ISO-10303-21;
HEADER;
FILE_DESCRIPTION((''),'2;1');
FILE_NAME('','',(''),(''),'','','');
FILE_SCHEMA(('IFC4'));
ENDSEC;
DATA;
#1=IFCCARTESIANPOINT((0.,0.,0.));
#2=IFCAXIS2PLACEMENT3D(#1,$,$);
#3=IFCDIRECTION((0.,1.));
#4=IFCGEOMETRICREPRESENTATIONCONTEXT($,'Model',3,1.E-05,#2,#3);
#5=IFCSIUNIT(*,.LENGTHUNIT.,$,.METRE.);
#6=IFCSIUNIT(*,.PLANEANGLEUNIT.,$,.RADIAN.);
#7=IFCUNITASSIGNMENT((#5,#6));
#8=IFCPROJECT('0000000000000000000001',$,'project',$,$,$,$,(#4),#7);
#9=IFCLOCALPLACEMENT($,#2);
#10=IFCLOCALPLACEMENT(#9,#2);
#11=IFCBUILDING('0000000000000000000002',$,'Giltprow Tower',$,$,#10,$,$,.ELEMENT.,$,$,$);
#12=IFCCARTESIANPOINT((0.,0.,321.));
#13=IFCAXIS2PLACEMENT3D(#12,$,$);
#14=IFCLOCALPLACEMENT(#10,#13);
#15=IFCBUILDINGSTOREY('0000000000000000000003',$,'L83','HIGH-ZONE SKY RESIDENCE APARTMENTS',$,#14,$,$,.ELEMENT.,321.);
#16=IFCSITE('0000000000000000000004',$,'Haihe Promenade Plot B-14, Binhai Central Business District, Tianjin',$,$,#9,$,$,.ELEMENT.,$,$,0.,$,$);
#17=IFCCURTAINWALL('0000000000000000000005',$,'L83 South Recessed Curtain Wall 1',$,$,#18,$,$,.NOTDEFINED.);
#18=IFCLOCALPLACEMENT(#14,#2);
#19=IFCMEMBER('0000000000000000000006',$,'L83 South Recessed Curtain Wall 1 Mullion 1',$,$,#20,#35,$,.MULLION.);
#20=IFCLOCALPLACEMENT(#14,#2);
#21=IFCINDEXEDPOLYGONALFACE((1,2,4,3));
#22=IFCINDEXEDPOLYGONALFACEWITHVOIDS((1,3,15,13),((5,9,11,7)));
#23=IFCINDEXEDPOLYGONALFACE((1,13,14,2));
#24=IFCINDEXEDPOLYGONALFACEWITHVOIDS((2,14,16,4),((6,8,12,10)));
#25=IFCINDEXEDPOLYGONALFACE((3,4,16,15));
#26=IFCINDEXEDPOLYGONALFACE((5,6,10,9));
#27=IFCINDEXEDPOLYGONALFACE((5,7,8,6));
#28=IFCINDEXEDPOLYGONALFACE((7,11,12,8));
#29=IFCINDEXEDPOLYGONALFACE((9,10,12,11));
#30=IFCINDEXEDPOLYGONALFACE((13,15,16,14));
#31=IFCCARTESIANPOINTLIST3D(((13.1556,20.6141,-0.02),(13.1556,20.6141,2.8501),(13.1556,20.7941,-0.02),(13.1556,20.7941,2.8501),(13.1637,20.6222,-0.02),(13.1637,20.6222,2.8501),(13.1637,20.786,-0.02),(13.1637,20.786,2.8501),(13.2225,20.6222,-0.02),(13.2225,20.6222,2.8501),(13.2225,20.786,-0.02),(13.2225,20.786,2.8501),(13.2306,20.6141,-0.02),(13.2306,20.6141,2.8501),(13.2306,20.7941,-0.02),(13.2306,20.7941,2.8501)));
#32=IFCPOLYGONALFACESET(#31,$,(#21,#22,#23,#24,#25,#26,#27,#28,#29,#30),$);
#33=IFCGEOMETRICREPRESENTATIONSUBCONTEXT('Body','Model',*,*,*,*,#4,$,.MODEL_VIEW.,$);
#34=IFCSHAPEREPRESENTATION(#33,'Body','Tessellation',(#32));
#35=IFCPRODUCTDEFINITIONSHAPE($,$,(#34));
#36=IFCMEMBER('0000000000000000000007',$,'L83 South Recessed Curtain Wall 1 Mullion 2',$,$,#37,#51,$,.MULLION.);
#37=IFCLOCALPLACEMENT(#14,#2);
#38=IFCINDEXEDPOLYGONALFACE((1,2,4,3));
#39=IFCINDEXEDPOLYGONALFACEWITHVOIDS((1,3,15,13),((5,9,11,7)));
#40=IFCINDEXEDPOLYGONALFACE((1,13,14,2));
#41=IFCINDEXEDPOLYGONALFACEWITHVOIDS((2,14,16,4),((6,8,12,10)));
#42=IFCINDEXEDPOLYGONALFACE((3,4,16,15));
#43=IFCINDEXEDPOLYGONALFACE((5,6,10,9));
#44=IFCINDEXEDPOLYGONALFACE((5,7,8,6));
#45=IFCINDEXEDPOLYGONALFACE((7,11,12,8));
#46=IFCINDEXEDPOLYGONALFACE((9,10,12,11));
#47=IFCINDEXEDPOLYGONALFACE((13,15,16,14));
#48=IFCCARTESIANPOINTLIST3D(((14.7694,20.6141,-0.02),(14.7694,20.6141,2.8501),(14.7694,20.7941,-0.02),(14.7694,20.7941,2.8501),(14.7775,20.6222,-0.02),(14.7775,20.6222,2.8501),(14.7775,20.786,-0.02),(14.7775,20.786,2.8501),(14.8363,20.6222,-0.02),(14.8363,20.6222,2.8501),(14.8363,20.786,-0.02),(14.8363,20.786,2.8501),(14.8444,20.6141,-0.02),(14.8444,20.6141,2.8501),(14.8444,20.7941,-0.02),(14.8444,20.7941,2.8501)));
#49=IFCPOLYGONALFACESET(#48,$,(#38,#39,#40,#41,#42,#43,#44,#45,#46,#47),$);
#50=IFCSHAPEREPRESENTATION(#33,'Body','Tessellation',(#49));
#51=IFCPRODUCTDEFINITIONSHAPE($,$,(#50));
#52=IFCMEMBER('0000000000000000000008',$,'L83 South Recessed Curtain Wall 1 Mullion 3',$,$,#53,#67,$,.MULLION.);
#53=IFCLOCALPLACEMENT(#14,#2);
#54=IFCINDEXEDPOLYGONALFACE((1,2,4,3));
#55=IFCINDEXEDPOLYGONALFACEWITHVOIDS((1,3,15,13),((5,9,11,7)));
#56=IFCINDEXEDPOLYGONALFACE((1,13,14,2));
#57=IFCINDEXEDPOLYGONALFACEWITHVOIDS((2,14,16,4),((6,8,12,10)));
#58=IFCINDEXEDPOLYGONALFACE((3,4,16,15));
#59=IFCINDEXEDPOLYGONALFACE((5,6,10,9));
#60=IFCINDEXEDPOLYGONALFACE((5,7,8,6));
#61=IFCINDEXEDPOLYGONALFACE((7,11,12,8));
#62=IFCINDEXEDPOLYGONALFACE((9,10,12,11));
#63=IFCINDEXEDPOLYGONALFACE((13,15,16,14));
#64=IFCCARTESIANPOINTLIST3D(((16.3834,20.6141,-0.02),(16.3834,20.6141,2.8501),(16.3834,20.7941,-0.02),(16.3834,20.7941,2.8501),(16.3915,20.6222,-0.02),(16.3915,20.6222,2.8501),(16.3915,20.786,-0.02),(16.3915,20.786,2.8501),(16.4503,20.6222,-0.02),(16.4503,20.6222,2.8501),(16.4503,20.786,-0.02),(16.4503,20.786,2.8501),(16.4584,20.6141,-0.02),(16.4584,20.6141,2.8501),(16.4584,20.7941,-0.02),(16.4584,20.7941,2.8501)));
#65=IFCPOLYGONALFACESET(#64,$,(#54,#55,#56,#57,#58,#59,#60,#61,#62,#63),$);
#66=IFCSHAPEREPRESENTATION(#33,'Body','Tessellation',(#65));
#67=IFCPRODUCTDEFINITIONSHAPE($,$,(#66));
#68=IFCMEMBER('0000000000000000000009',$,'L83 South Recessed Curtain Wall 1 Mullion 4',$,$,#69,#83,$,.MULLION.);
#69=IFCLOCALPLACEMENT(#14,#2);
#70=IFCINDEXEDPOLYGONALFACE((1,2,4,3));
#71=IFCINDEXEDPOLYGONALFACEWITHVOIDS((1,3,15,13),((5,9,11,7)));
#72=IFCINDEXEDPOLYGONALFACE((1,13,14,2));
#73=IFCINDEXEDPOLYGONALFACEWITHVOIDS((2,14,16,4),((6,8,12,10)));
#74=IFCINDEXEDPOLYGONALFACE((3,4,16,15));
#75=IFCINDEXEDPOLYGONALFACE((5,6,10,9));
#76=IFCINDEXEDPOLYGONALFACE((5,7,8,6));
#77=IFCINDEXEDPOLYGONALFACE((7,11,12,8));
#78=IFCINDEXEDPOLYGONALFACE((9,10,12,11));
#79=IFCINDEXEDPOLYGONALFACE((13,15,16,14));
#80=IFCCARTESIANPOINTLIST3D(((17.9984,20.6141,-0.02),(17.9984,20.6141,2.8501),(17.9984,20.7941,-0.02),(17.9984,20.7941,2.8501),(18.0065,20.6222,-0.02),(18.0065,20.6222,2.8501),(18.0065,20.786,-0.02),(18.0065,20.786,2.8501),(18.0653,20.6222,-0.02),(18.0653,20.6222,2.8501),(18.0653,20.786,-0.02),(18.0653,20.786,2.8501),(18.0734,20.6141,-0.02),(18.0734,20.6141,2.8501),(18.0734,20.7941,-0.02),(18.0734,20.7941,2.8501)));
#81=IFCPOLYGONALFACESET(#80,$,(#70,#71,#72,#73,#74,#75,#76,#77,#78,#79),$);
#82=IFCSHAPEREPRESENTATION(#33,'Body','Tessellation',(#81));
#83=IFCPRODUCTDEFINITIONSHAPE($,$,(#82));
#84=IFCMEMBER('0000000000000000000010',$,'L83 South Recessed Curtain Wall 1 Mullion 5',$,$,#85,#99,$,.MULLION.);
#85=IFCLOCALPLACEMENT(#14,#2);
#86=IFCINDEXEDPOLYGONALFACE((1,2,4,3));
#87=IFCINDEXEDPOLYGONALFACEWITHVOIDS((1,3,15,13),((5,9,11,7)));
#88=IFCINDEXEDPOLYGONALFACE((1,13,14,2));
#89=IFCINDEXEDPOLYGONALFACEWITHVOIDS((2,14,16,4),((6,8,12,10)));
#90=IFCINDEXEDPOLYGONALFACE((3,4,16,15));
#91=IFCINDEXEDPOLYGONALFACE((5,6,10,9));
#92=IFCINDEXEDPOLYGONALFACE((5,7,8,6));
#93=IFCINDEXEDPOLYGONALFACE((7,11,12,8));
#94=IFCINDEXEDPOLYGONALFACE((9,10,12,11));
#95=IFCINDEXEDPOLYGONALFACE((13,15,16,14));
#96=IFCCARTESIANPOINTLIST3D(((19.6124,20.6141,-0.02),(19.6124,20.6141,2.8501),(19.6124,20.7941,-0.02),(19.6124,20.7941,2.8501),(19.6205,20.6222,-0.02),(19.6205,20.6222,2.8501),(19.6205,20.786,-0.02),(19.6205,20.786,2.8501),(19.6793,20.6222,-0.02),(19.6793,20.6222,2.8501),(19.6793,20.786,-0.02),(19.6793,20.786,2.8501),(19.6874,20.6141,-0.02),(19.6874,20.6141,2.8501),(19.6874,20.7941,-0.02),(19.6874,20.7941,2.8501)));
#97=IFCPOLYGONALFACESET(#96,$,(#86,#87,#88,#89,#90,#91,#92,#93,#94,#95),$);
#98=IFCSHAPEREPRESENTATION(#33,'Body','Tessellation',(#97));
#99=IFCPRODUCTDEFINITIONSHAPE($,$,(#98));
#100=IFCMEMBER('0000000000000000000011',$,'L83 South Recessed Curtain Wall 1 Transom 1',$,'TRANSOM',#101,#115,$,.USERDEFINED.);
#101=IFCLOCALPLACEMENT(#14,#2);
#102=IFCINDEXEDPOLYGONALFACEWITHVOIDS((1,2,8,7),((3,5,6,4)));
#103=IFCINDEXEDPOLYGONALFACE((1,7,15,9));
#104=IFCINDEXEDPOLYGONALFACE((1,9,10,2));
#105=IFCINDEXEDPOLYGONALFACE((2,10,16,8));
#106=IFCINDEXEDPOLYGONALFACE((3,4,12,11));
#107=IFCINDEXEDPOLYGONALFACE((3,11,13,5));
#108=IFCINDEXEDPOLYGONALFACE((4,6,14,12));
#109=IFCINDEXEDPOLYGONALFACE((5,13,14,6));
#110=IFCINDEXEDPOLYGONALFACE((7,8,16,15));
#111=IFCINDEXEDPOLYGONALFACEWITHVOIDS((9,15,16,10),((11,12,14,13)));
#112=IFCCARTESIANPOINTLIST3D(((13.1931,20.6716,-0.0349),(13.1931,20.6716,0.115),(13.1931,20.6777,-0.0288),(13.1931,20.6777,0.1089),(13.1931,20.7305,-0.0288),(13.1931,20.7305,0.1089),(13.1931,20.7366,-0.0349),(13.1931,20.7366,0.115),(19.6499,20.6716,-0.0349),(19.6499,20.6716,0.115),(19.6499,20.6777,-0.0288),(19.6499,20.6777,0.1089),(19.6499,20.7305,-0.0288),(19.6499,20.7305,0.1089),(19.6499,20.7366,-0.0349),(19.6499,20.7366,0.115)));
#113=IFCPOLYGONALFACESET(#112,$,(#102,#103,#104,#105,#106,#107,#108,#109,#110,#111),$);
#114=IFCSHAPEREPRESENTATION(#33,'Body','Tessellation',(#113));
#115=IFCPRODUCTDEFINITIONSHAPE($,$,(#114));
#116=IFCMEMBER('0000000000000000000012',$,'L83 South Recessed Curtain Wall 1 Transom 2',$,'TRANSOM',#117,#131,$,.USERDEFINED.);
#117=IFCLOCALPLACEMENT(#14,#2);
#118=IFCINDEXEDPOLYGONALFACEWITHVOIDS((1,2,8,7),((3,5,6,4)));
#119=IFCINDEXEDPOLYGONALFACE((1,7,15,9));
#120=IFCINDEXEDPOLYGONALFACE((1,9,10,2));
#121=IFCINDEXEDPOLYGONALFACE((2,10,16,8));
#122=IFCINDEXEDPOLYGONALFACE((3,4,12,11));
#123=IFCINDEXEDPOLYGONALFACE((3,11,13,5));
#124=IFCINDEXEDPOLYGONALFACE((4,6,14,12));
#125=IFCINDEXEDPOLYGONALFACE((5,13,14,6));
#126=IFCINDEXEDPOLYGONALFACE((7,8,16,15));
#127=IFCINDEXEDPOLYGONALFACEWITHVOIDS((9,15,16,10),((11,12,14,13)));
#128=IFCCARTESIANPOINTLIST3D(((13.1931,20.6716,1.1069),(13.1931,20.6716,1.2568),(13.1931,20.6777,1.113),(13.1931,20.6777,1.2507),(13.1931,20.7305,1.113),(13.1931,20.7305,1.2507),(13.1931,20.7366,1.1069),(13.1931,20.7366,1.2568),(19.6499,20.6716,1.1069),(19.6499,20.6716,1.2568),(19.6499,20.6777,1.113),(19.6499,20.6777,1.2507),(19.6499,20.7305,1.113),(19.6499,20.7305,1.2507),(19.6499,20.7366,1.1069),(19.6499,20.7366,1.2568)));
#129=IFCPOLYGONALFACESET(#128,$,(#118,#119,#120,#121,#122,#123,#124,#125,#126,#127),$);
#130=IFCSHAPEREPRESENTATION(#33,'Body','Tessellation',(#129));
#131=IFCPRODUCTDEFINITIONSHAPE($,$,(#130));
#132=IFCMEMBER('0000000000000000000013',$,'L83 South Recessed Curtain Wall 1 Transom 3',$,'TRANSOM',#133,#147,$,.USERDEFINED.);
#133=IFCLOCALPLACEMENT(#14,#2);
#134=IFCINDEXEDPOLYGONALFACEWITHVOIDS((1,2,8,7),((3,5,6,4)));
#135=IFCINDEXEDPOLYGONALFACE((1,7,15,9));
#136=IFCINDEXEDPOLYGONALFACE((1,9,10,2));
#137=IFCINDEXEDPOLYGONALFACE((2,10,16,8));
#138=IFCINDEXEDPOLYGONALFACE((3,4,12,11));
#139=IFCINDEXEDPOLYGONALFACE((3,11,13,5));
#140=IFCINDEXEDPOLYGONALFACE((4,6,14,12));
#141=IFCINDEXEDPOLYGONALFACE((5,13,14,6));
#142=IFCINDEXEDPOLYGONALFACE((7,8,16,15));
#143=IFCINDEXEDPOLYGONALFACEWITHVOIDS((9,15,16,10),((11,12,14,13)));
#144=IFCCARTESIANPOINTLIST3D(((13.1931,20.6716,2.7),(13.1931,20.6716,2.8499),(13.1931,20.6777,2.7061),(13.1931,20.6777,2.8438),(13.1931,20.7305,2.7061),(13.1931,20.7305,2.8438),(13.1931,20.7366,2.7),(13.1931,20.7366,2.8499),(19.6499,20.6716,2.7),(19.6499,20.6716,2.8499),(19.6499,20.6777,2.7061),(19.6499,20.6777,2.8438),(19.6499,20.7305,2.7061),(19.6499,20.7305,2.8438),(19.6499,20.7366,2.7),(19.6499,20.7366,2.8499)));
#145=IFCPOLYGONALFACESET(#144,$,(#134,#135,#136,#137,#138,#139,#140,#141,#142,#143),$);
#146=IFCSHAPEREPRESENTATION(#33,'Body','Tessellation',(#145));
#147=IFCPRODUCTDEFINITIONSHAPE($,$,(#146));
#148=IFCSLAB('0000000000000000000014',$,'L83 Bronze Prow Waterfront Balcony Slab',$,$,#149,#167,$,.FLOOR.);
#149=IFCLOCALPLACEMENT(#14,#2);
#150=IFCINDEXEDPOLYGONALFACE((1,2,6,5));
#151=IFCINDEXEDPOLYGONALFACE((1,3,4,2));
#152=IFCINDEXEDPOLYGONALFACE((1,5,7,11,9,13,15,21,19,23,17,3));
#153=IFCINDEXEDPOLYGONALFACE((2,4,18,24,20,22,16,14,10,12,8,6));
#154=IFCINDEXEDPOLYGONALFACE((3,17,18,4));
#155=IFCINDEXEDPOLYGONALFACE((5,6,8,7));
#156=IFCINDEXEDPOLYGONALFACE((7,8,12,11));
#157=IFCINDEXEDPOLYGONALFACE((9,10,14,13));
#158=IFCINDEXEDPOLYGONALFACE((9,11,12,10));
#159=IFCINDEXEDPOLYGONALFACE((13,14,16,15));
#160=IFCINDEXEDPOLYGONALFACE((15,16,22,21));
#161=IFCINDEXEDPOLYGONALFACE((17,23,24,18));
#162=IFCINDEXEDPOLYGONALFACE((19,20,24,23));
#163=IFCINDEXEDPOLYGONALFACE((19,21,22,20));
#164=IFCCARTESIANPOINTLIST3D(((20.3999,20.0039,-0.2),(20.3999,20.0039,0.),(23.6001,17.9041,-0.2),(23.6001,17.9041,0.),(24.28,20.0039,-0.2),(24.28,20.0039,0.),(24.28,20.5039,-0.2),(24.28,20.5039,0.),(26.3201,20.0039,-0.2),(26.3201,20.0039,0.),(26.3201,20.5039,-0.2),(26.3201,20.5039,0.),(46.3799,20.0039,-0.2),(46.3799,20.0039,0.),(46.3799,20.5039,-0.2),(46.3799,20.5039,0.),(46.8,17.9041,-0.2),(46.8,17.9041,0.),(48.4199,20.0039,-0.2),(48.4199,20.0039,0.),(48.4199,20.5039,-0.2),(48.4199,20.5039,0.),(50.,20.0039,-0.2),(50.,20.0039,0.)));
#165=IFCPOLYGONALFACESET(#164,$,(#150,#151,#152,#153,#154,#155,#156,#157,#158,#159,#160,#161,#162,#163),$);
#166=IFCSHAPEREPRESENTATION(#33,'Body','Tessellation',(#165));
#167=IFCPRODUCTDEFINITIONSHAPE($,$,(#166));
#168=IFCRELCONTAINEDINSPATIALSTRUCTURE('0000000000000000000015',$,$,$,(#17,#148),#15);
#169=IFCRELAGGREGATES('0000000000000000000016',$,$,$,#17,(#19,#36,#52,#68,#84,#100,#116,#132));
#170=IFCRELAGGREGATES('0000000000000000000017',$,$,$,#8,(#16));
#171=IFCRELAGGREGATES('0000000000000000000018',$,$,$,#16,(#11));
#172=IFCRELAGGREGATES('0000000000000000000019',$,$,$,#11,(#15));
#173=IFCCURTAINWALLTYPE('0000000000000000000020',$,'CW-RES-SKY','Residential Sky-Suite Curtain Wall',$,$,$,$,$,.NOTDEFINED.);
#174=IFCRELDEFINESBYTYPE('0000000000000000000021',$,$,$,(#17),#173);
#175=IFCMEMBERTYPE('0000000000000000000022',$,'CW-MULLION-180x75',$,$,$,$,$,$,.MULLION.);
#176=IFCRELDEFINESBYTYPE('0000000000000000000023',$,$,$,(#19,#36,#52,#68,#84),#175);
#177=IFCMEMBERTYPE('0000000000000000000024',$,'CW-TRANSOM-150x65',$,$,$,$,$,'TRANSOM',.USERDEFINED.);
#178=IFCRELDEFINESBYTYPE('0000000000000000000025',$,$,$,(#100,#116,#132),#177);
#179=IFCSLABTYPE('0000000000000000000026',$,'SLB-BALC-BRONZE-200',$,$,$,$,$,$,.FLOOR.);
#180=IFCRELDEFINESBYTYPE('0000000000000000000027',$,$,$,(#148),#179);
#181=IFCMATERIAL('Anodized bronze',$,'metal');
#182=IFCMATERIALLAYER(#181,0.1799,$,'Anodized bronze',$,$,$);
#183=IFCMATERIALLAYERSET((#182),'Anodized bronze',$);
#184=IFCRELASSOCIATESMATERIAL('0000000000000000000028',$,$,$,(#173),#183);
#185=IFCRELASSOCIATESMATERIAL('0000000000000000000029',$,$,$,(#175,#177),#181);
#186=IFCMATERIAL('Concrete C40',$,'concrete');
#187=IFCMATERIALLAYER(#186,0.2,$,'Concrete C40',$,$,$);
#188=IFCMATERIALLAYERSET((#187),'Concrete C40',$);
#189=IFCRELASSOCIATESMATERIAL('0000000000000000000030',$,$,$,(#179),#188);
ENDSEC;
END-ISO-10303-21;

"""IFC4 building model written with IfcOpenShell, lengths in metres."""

from ifc_helpers import new_model, si_unit, direction, frame, origin, origin_2d, place, context, subcontext, project, spatial, polyline, hollow_rectangle, outline, extrude, source, transform, mapped, material, layer, layer_set, material_profile, profile_set, type_object, element, aggregate, save


model = new_model("IFC4")

# Units and contexts
model_context = context("Model", 3, precision=1e-05, world=origin(), true_north=direction((0.0, 1.0)))
body_context = subcontext(model_context, "Body", "Model", "MODEL_VIEW")
ifc_project = project(units=[si_unit("LENGTHUNIT", "METRE"), si_unit("PLANEANGLEUNIT", "RADIAN")], contexts=[model_context])

# Site, building, storey
site_placement = place(None, origin())
site = spatial("IfcSite", under=ifc_project, at=site_placement, Name="Haihe Promenade Plot B-14, Binhai Central Business District, Tianjin", CompositionType="ELEMENT", RefElevation=0.0)
building_placement = place(site_placement, origin())
building = spatial("IfcBuilding", under=site, at=building_placement, Name="Giltprow Tower", CompositionType="ELEMENT")
storey_placement = place(building_placement, frame((0.0, 0.0, 321.0)))
storey = spatial("IfcBuildingStorey", under=building, at=storey_placement, Name="L83", Description="HIGH-ZONE SKY RESIDENCE APARTMENTS", CompositionType="ELEMENT", Elevation=321.0)

# Curtain wall, members
ifc_material_1 = material(Name="Anodized bronze", Category="metal")
ifc_layer_1 = layer(ifc_material_1, 0.1799, Name="Anodized bronze")
ifc_layer_set_1 = layer_set([ifc_layer_1], Name="Anodized bronze")
curtain_wall_type = type_object("IfcCurtainWallType", Name="CW-RES-SKY", Description="Residential Sky-Suite Curtain Wall", PredefinedType="NOTDEFINED", material=ifc_layer_set_1)
curtain_wall_placement = place(storey_placement, origin())
curtain_wall = element("IfcCurtainWall", 1, at=curtain_wall_placement, inside=storey, type_object=curtain_wall_type, Name="L83 South Recessed Curtain Wall 1", PredefinedType="NOTDEFINED")
ifc_material_profile_1 = material_profile(ifc_material_1, hollow_rectangle(XDim=0.075, YDim=0.1799, WallThickness=0.0081, at=origin_2d()), Name="RHS 180x75x8")
ifc_profile_set_1 = profile_set([ifc_material_profile_1], Name="Anodized bronze")
member_type_1 = type_object("IfcMemberType", Name="CW-MULLION-180x75", PredefinedType="MULLION", material=ifc_profile_set_1)
shared_shape_1 = source(origin(), body_context, "Body", "SweptSolid", [
    extrude(hollow_rectangle(XDim=0.075, YDim=0.1799, WallThickness=0.0081, at=origin_2d()), origin(), (0.0, 0.0, 1.0), 2.8701),
])
member_1_placement = place(storey_placement, frame((13.1931, 20.7041, -0.02), z_axis=(0.0, 0.0, 1.0), x_axis=(1.0, 0.0, 0.0)))
member_1 = element("IfcMember", 2, at=member_1_placement, type_object=member_type_1, Name="L83 South Recessed Curtain Wall 1 Mullion 1", PredefinedType="MULLION", context=body_context, shape_type="MappedRepresentation", body=[
    mapped(shared_shape_1, transform((0.0, 0.0, 0.0), x_axis=(1.0, 0.0, 0.0), y_axis=(0.0, 1.0, 0.0), z_axis=(0.0, 0.0, 1.0), scale=1.0)),
])
member_2_placement = place(storey_placement, frame((14.8069, 20.7041, -0.02), z_axis=(0.0, 0.0, 1.0), x_axis=(1.0, 0.0, 0.0)))
member_2 = element("IfcMember", 3, at=member_2_placement, type_object=member_type_1, Name="L83 South Recessed Curtain Wall 1 Mullion 2", PredefinedType="MULLION", context=body_context, shape_type="MappedRepresentation", body=[
    mapped(shared_shape_1, transform((0.0, 0.0, 0.0), x_axis=(1.0, 0.0, 0.0), y_axis=(0.0, 1.0, 0.0), z_axis=(0.0, 0.0, 1.0), scale=1.0)),
])
member_3_placement = place(storey_placement, frame((16.4209, 20.7041, -0.02), z_axis=(0.0, 0.0, 1.0), x_axis=(1.0, 0.0, 0.0)))
member_3 = element("IfcMember", 4, at=member_3_placement, type_object=member_type_1, Name="L83 South Recessed Curtain Wall 1 Mullion 3", PredefinedType="MULLION", context=body_context, shape_type="MappedRepresentation", body=[
    mapped(shared_shape_1, transform((0.0, 0.0, 0.0), x_axis=(1.0, 0.0, 0.0), y_axis=(0.0, 1.0, 0.0), z_axis=(0.0, 0.0, 1.0), scale=1.0)),
])
member_4_placement = place(storey_placement, frame((18.0359, 20.7041, -0.02), z_axis=(0.0, 0.0, 1.0), x_axis=(1.0, 0.0, 0.0)))
member_4 = element("IfcMember", 5, at=member_4_placement, type_object=member_type_1, Name="L83 South Recessed Curtain Wall 1 Mullion 4", PredefinedType="MULLION", context=body_context, shape_type="MappedRepresentation", body=[
    mapped(shared_shape_1, transform((0.0, 0.0, 0.0), x_axis=(1.0, 0.0, 0.0), y_axis=(0.0, 1.0, 0.0), z_axis=(0.0, 0.0, 1.0), scale=1.0)),
])
member_5_placement = place(storey_placement, frame((19.6499, 20.7041, -0.02), z_axis=(0.0, 0.0, 1.0), x_axis=(1.0, 0.0, 0.0)))
member_5 = element("IfcMember", 6, at=member_5_placement, type_object=member_type_1, Name="L83 South Recessed Curtain Wall 1 Mullion 5", PredefinedType="MULLION", context=body_context, shape_type="MappedRepresentation", body=[
    mapped(shared_shape_1, transform((0.0, 0.0, 0.0), x_axis=(1.0, 0.0, 0.0), y_axis=(0.0, 1.0, 0.0), z_axis=(0.0, 0.0, 1.0), scale=1.0)),
])
ifc_material_profile_2 = material_profile(ifc_material_1, hollow_rectangle(XDim=0.0649, YDim=0.1499, WallThickness=0.0061, at=origin_2d()), Name="RHS 150x65x6")
ifc_profile_set_2 = profile_set([ifc_material_profile_2], Name="Anodized bronze")
member_type_2 = type_object("IfcMemberType", Name="CW-TRANSOM-150x65", ElementType="TRANSOM", PredefinedType="USERDEFINED", material=ifc_profile_set_2)
shared_shape_2 = source(origin(), body_context, "Body", "SweptSolid", [
    extrude(hollow_rectangle(XDim=0.0649, YDim=0.1499, WallThickness=0.0061, at=origin_2d()), origin(), (0.0, 0.0, 1.0), 6.4568),
])
member_6_placement = place(storey_placement, frame((13.1931, 20.7041, 0.04), z_axis=(1.0, 0.0, 0.0), x_axis=(0.0, 1.0, 0.0)))
member_6 = element("IfcMember", 7, at=member_6_placement, type_object=member_type_2, Name="L83 South Recessed Curtain Wall 1 Transom 1", ObjectType="TRANSOM", PredefinedType="USERDEFINED", context=body_context, shape_type="MappedRepresentation", body=[
    mapped(shared_shape_2, transform((0.0, 0.0, 0.0), x_axis=(1.0, 0.0, 0.0), y_axis=(0.0, 1.0, 0.0), z_axis=(0.0, 0.0, 1.0), scale=1.0)),
])
member_7_placement = place(storey_placement, frame((13.1931, 20.7041, 1.1819), z_axis=(1.0, 0.0, 0.0), x_axis=(0.0, 1.0, 0.0)))
member_7 = element("IfcMember", 8, at=member_7_placement, type_object=member_type_2, Name="L83 South Recessed Curtain Wall 1 Transom 2", ObjectType="TRANSOM", PredefinedType="USERDEFINED", context=body_context, shape_type="MappedRepresentation", body=[
    mapped(shared_shape_2, transform((0.0, 0.0, 0.0), x_axis=(1.0, 0.0, 0.0), y_axis=(0.0, 1.0, 0.0), z_axis=(0.0, 0.0, 1.0), scale=1.0)),
])
member_8_placement = place(storey_placement, frame((13.1931, 20.7041, 2.7749), z_axis=(1.0, 0.0, 0.0), x_axis=(0.0, 1.0, 0.0)))
member_8 = element("IfcMember", 9, at=member_8_placement, type_object=member_type_2, Name="L83 South Recessed Curtain Wall 1 Transom 3", ObjectType="TRANSOM", PredefinedType="USERDEFINED", context=body_context, shape_type="MappedRepresentation", body=[
    mapped(shared_shape_2, transform((0.0, 0.0, 0.0), x_axis=(1.0, 0.0, 0.0), y_axis=(0.0, 1.0, 0.0), z_axis=(0.0, 0.0, 1.0), scale=1.0)),
])

# Slab
ifc_material_2 = material(Name="Concrete C40", Category="concrete")
ifc_layer_2 = layer(ifc_material_2, 0.2, Name="Concrete C40")
ifc_layer_set_2 = layer_set([ifc_layer_2], Name="Concrete C40")
slab_type_1 = type_object("IfcSlabType", Name="SLB-BALC-BRONZE-200", PredefinedType="FLOOR", material=ifc_layer_set_2)
slab_1_placement = place(storey_placement, frame((0.0, 0.0, -0.2)))
element("IfcSlab", 10, at=slab_1_placement, inside=storey, type_object=slab_type_1, Name="L83 Bronze Prow Waterfront Balcony Slab", PredefinedType="FLOOR", context=body_context, shape_type="SweptSolid", body=[
    extrude(outline(polyline([(50.0, 20.0039), (46.8, 17.9041), (23.6001, 17.9041), (20.3999, 20.0039), (24.28, 20.0039), (24.28, 20.5039), (26.3201, 20.5039), (26.3201, 20.0039), (46.3799, 20.0039), (46.3799, 20.5039), (48.4199, 20.5039), (48.4199, 20.0039), (50.0, 20.0039)])), origin(), (0.0, 0.0, 1.0), 0.2),
])

aggregate(curtain_wall, [member_1, member_2, member_3, member_4, member_5, member_6, member_7, member_8])

save(model, "model.ifc")
